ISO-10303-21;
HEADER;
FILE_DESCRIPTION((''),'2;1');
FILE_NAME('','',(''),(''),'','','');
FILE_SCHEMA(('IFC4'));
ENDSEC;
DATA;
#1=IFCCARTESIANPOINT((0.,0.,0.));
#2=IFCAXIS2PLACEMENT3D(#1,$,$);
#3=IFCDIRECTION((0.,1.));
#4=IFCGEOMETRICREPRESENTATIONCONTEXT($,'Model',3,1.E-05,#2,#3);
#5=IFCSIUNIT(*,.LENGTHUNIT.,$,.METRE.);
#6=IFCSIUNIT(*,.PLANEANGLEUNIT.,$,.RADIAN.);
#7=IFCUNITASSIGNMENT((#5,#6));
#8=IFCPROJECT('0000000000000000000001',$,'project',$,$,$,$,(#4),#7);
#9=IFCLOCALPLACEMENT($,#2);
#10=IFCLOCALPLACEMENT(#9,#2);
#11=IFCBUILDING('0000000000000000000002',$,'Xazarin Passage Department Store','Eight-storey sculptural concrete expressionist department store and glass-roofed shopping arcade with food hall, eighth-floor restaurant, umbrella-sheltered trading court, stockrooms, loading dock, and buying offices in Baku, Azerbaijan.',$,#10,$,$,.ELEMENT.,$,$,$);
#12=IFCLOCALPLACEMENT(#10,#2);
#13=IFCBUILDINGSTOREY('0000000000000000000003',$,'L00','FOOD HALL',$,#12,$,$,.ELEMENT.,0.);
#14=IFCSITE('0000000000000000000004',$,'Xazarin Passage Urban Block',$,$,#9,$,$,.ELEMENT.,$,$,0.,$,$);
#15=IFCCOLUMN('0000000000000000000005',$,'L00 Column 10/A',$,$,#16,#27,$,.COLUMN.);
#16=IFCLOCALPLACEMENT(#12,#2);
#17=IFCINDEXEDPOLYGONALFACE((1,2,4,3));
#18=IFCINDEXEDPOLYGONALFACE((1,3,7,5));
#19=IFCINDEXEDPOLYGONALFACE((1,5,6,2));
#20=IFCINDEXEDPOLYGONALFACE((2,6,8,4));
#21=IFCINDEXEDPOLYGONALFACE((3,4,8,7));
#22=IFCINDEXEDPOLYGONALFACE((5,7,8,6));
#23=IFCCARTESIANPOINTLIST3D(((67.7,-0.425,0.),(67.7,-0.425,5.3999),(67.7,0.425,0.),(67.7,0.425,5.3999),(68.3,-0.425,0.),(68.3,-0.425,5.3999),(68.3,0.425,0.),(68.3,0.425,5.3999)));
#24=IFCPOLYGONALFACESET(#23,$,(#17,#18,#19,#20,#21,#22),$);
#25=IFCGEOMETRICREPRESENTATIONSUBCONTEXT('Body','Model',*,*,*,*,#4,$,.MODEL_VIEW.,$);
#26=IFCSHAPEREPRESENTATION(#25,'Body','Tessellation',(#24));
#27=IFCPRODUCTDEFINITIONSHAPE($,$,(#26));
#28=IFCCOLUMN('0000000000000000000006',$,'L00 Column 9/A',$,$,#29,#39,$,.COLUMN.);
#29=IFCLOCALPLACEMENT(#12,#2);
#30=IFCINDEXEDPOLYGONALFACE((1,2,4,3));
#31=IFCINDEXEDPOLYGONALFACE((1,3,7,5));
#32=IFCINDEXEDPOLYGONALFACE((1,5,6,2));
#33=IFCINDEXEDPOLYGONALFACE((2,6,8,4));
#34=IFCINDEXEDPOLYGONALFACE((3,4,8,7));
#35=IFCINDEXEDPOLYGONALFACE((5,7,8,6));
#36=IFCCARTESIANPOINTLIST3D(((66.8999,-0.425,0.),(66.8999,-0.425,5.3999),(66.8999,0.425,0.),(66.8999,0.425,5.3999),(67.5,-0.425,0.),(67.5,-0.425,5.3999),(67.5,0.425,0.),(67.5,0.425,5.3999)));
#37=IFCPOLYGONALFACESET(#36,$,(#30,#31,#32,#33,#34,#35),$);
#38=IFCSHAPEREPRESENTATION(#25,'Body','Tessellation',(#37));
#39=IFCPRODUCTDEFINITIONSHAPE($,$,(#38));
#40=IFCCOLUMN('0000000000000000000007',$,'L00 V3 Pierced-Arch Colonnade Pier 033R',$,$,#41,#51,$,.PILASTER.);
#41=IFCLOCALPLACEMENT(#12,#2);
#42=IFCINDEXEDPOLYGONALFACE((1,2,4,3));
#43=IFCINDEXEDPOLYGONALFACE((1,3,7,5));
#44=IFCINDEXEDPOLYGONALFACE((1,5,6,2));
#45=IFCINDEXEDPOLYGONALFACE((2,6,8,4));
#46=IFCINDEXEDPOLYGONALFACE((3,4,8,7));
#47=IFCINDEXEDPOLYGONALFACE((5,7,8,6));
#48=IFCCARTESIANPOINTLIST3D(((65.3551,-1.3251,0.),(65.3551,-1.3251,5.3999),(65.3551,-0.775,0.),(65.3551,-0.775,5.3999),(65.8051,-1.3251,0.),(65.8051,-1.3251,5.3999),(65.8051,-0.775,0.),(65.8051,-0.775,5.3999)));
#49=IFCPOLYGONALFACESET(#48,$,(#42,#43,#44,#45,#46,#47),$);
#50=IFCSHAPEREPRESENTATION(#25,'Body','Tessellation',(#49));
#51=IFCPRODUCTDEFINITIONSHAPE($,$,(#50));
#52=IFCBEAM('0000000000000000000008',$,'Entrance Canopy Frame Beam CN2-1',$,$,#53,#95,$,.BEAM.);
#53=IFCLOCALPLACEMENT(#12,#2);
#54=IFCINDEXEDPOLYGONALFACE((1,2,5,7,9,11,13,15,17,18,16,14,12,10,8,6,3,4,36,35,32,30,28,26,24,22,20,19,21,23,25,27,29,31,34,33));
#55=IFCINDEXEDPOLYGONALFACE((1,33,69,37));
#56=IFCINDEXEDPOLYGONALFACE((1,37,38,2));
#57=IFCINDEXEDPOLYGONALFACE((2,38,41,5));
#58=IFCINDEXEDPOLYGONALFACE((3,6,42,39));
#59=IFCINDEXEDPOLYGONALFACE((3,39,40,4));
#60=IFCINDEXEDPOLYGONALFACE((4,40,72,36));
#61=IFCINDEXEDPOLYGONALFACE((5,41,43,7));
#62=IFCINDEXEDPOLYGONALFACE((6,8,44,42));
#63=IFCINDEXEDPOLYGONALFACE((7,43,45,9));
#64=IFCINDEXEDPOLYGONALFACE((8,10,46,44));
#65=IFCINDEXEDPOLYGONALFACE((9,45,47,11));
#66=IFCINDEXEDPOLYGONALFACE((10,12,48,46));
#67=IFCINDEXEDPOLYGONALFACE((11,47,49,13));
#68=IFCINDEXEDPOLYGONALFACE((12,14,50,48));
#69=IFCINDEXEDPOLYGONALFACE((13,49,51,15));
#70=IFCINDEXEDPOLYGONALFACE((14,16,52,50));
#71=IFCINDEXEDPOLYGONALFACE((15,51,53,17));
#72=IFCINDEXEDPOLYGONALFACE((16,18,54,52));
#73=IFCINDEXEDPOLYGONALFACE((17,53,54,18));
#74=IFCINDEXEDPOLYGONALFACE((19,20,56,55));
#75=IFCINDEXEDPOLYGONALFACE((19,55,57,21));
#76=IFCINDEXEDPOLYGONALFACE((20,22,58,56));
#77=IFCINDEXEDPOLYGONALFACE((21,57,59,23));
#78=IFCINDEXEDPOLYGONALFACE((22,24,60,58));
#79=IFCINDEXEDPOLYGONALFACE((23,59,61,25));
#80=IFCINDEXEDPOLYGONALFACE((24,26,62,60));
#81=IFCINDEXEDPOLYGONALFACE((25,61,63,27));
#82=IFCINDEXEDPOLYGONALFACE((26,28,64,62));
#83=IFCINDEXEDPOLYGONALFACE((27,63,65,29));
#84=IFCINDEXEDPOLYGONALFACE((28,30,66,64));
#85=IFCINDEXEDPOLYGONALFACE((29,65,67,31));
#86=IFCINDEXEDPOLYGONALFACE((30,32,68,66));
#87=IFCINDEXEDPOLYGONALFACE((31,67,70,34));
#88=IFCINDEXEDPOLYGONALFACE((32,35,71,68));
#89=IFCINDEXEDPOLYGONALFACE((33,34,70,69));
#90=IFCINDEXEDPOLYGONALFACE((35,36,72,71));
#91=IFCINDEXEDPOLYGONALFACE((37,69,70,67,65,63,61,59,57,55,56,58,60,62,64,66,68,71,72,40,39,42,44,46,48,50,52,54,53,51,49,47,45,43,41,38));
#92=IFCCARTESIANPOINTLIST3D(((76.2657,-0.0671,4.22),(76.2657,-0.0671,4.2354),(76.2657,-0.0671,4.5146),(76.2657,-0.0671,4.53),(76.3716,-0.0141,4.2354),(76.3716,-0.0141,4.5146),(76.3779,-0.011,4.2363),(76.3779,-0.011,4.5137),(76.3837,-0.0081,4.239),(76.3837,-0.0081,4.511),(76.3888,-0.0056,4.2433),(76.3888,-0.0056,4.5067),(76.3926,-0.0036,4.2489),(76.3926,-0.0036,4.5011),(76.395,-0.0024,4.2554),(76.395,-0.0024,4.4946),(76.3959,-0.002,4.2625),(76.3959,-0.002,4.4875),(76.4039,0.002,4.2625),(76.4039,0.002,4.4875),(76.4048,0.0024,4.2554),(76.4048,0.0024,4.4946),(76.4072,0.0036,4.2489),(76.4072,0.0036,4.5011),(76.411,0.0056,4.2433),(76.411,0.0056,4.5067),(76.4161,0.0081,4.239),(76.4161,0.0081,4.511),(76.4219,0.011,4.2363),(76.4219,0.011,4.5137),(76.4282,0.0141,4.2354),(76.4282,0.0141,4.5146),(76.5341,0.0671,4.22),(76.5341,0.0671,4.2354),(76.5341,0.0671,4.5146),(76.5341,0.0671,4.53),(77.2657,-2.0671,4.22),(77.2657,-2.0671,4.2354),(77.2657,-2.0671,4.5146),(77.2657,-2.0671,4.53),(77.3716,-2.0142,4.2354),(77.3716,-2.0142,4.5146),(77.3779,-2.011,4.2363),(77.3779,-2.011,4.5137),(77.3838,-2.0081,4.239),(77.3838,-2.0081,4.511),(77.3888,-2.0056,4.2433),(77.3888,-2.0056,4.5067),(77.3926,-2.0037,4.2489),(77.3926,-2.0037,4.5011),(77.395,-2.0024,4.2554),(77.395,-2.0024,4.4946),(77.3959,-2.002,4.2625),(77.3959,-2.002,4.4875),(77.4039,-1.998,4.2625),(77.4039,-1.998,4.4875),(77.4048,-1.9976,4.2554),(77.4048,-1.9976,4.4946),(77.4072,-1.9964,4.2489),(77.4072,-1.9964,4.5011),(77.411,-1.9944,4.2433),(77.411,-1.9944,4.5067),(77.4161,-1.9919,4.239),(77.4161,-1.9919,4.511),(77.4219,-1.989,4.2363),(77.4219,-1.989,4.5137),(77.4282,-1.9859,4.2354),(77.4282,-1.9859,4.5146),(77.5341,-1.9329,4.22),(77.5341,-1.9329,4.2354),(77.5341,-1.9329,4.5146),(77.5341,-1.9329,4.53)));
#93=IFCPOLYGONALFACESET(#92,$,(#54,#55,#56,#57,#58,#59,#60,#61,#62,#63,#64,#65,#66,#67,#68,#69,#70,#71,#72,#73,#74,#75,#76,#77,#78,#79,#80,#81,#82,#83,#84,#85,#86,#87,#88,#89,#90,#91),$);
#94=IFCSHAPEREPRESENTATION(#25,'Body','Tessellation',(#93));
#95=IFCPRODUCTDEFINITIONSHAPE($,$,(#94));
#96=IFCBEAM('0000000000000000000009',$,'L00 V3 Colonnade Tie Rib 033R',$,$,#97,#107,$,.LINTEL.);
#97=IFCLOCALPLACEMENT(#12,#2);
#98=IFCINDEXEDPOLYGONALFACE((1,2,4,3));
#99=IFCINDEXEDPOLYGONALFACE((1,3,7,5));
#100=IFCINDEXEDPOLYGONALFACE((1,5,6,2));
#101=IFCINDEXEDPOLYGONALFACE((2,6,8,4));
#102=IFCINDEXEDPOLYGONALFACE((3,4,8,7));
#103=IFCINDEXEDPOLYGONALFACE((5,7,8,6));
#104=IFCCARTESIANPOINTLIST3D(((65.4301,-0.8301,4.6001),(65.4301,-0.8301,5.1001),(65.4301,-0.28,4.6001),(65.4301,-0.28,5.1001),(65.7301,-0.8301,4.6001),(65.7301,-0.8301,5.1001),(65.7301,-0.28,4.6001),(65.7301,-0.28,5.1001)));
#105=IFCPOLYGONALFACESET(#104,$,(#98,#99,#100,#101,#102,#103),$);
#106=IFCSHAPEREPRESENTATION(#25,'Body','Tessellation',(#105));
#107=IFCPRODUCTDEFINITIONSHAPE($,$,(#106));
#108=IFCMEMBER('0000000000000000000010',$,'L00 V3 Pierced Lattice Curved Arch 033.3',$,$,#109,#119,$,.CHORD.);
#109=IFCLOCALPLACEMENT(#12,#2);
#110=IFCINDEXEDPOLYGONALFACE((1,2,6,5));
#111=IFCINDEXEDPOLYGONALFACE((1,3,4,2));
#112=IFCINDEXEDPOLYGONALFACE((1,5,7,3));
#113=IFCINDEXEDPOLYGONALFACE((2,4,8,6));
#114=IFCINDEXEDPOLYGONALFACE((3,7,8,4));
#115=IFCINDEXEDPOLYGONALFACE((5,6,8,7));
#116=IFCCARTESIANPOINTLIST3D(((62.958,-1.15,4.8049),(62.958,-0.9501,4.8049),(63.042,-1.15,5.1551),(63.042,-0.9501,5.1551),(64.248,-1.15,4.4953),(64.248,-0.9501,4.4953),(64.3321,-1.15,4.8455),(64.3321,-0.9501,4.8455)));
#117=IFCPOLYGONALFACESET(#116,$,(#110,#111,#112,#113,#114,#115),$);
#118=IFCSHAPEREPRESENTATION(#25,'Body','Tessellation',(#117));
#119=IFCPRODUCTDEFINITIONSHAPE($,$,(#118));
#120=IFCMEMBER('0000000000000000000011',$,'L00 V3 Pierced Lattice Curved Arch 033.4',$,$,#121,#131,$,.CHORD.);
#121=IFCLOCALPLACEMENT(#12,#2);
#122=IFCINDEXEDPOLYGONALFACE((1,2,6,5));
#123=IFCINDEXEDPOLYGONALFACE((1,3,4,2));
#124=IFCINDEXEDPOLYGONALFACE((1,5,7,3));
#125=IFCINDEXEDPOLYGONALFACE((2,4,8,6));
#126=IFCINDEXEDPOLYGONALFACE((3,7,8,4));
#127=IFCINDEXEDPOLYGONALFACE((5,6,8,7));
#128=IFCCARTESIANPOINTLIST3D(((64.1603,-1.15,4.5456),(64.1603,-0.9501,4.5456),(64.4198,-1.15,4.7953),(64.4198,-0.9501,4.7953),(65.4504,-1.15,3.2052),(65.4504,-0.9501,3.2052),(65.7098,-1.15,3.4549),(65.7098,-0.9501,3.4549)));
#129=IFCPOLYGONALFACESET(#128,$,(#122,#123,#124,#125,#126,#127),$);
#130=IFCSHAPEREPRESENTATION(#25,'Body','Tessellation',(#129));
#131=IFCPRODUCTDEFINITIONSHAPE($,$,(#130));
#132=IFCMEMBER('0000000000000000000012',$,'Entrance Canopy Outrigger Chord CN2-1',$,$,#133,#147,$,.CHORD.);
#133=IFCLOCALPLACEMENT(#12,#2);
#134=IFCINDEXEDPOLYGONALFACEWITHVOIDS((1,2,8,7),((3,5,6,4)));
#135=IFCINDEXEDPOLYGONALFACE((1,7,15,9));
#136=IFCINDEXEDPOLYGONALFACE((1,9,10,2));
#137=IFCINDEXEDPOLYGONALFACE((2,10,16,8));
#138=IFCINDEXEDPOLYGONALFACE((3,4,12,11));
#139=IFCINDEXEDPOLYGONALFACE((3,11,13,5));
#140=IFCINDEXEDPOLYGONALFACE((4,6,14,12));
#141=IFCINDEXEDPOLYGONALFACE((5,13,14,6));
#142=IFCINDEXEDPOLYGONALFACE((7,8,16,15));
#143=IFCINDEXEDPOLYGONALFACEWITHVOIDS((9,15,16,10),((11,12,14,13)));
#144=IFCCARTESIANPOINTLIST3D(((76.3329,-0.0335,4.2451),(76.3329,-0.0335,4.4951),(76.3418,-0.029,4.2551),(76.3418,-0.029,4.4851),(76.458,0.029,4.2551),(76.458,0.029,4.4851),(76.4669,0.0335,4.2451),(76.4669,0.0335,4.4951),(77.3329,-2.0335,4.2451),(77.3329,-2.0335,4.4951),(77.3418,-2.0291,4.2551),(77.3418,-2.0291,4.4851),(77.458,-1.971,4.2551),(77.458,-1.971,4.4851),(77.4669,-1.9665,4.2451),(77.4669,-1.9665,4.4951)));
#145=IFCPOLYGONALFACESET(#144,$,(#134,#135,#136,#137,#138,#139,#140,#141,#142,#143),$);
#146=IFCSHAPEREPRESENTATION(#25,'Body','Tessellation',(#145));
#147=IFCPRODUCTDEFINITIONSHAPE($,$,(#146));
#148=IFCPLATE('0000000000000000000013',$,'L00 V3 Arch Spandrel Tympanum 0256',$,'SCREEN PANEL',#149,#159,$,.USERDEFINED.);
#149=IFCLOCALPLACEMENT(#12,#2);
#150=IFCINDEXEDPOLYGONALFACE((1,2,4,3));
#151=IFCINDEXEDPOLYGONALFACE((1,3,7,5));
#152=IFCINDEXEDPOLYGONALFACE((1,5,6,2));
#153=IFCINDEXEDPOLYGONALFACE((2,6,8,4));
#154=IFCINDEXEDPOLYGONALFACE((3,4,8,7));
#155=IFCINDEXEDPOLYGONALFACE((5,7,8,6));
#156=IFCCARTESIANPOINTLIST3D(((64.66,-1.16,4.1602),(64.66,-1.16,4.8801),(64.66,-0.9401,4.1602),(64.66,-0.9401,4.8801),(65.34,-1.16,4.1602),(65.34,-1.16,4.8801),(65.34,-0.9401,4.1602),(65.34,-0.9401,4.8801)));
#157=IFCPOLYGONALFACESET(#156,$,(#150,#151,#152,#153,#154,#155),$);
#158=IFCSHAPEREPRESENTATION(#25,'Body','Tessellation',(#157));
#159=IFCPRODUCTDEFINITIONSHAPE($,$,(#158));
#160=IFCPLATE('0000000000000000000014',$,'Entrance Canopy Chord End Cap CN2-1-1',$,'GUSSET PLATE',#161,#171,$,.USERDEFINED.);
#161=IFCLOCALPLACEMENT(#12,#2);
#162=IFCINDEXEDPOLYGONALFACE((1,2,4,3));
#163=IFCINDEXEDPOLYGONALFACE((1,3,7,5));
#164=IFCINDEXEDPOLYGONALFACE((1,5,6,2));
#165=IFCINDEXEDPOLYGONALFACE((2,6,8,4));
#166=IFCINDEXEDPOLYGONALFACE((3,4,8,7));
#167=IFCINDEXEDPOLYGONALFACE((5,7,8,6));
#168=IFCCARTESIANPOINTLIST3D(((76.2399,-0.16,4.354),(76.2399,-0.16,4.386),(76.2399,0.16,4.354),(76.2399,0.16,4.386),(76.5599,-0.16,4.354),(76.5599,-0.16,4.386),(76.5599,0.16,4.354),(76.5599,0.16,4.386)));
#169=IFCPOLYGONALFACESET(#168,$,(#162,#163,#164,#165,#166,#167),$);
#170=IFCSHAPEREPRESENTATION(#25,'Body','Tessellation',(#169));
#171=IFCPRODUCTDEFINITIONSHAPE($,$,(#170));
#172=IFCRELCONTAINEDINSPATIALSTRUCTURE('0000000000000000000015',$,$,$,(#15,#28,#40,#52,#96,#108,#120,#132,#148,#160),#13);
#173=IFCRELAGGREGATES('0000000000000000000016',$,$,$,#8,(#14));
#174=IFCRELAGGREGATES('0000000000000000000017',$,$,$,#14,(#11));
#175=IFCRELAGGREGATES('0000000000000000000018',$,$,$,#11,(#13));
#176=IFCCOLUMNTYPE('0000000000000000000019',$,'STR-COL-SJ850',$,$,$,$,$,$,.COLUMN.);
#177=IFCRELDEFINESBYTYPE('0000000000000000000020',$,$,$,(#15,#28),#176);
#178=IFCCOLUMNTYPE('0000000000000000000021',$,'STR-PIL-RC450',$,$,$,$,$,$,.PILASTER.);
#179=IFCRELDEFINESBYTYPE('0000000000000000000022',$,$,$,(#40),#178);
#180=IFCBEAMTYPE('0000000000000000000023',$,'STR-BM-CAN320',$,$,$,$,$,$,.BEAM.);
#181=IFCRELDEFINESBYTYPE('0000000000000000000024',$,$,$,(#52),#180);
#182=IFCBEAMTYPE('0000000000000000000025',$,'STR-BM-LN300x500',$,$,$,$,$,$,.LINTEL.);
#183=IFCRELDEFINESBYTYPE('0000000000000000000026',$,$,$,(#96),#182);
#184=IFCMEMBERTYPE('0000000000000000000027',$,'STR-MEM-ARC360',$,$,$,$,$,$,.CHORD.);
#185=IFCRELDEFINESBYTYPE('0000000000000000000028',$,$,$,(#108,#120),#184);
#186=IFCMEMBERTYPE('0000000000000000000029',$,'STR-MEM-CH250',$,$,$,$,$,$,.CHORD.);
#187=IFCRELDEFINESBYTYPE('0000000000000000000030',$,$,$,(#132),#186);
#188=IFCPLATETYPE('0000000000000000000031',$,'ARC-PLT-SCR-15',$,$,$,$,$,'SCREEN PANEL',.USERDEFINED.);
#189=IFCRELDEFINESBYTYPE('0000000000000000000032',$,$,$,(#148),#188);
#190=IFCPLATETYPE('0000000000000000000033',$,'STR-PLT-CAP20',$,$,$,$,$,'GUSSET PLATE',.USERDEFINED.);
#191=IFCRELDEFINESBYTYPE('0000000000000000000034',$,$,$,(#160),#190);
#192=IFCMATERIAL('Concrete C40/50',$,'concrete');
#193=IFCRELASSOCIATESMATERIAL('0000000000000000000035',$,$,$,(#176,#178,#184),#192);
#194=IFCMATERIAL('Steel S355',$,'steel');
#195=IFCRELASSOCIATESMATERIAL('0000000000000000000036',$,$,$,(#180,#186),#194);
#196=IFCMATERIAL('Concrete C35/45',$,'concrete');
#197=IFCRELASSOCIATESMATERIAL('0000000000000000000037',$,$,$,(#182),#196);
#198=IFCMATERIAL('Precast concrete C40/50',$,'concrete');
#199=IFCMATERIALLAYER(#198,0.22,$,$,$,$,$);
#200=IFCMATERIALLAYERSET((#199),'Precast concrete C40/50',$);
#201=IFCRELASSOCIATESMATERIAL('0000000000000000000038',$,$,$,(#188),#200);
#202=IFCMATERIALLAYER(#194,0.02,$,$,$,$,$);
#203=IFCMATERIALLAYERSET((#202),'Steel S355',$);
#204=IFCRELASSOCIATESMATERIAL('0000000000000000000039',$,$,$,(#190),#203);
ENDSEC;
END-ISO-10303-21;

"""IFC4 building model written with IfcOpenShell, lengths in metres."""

from ifc_helpers import new_model, si_unit, direction, frame, origin, origin_2d, place, context, subcontext, project, spatial, rectangle, hollow_rectangle, i_section, extrude, material, layer, layer_set, material_profile, profile_set, type_object, element, save


model = new_model("IFC4")

# Units and contexts
model_context = context("Model", 3, precision=1e-05, world=origin(), true_north=direction((0.0, 1.0)))
body_context = subcontext(model_context, "Body", "Model", "MODEL_VIEW")
ifc_project = project(units=[si_unit("LENGTHUNIT", "METRE"), si_unit("PLANEANGLEUNIT", "RADIAN")], contexts=[model_context])

# Site, building, storey
site_placement = place(None, origin())
site = spatial("IfcSite", under=ifc_project, at=site_placement, Name="Xazarin Passage Urban Block", CompositionType="ELEMENT", RefElevation=0.0)
building_placement = place(site_placement, origin())
building = spatial("IfcBuilding", under=site, at=building_placement, Name="Xazarin Passage Department Store", Description="Eight-storey sculptural concrete expressionist department store and glass-roofed shopping arcade with food hall, eighth-floor restaurant, umbrella-sheltered trading court, stockrooms, loading dock, and buying offices in Baku, Azerbaijan.", CompositionType="ELEMENT")
storey_placement = place(building_placement, origin())
storey = spatial("IfcBuildingStorey", under=building, at=storey_placement, Name="L00", Description="FOOD HALL", CompositionType="ELEMENT", Elevation=0.0)

# Shared definitions
ifc_material_1 = material(Name="Concrete C35/45", Category="concrete")

# Columns
ifc_material_2 = material(Name="Concrete C40/50", Category="concrete")
ifc_material_profile_1 = material_profile(ifc_material_2, rectangle(XDim=0.6001, YDim=0.8501, at=origin_2d()), Name="RC 600x850")
ifc_profile_set_1 = profile_set([ifc_material_profile_1], Name="Concrete C40/50")
column_type_1 = type_object("IfcColumnType", Name="STR-COL-SJ850", PredefinedType="COLUMN", material=ifc_profile_set_1)
for number, where, z_axis, x_axis, name in (
    (1, (68.0, 0.0, 0.0), (0.0, 0.0, 1.0), (1.0, 0.0, 0.0), "L00 Column 10/A"),
    (2, (67.2, 0.0, 0.0), (0.0, 0.0, 1.0), (1.0, 0.0, 0.0), "L00 Column 9/A"),
):
    element("IfcColumn", number, at=place(storey_placement, frame(where, z_axis=z_axis, x_axis=x_axis)), inside=storey, type_object=column_type_1, Name=name, PredefinedType="COLUMN", context=body_context, shape_type="SweptSolid", body=[
        extrude(rectangle(XDim=0.6001, YDim=0.8501, at=origin_2d()), origin(), (0.0, 0.0, 1.0), 5.3999),
    ])
ifc_material_profile_2 = material_profile(ifc_material_2, rectangle(XDim=0.45, YDim=0.55, at=origin_2d()), Name="RC 450x550")
ifc_profile_set_2 = profile_set([ifc_material_profile_2], Name="Concrete C40/50")
column_type_2 = type_object("IfcColumnType", Name="STR-PIL-RC450", PredefinedType="PILASTER", material=ifc_profile_set_2)
column_1_placement = place(storey_placement, frame((65.5801, -1.05, 0.0), z_axis=(0.0, 0.0, 1.0), x_axis=(1.0, 0.0, 0.0)))
element("IfcColumn", 3, at=column_1_placement, inside=storey, type_object=column_type_2, Name="L00 V3 Pierced-Arch Colonnade Pier 033R", PredefinedType="PILASTER", context=body_context, shape_type="SweptSolid", body=[
    extrude(rectangle(XDim=0.45, YDim=0.55, at=origin_2d()), origin(), (0.0, 0.0, 1.0), 5.3999),
])

# Beams
ifc_material_3 = material(Name="Steel S355", Category="steel")
ifc_material_profile_3 = material_profile(ifc_material_3, i_section(OverallWidth=0.3, OverallDepth=0.3101, WebThickness=0.009, FlangeThickness=0.0154, FilletRadius=0.0271, at=origin_2d()), Name="HEA 320")
ifc_profile_set_3 = profile_set([ifc_material_profile_3], Name="Steel S355")
beam_type_1 = type_object("IfcBeamType", Name="STR-BM-CAN320", PredefinedType="BEAM", material=ifc_profile_set_3)
beam_1_placement = place(storey_placement, frame((76.3999, 0.0, 4.375), z_axis=(0.447214, -0.894427, 0.0), x_axis=(0.894427, 0.447214, 0.0)))
element("IfcBeam", 4, at=beam_1_placement, inside=storey, type_object=beam_type_1, Name="Entrance Canopy Frame Beam CN2-1", PredefinedType="BEAM", context=body_context, shape_type="SweptSolid", body=[
    extrude(i_section(OverallWidth=0.3, OverallDepth=0.3101, WebThickness=0.009, FlangeThickness=0.0154, FilletRadius=0.0271, at=origin_2d()), origin(), (0.0, 0.0, 1.0), 2.2361),
])
ifc_material_profile_4 = material_profile(ifc_material_1, rectangle(XDim=0.3, YDim=0.5, at=origin_2d()), Name="RC 300x500")
ifc_profile_set_4 = profile_set([ifc_material_profile_4], Name="Concrete C35/45")
beam_type_2 = type_object("IfcBeamType", Name="STR-BM-LN300x500", PredefinedType="LINTEL", material=ifc_profile_set_4)
beam_2_placement = place(storey_placement, frame((65.5801, -0.28, 4.8501), z_axis=(0.0, -1.0, 0.0), x_axis=(1.0, 0.0, 0.0)))
element("IfcBeam", 5, at=beam_2_placement, inside=storey, type_object=beam_type_2, Name="L00 V3 Colonnade Tie Rib 033R", PredefinedType="LINTEL", context=body_context, shape_type="SweptSolid", body=[
    extrude(rectangle(XDim=0.3, YDim=0.5, at=origin_2d()), origin(), (0.0, 0.0, 1.0), 0.55),
])

# Members
ifc_material_profile_5 = material_profile(ifc_material_2, rectangle(XDim=0.2, YDim=0.3601, at=origin_2d()), Name="RC 200x360")
ifc_profile_set_5 = profile_set([ifc_material_profile_5], Name="Concrete C40/50")
member_type_1 = type_object("IfcMemberType", Name="STR-MEM-ARC360", PredefinedType="CHORD", material=ifc_profile_set_5)
member_1_placement = place(storey_placement, frame((63.0, -1.05, 4.98), z_axis=(0.972394, 0.0, -0.233345), x_axis=(0.0, 1.0, 0.0)))
element("IfcMember", 6, at=member_1_placement, inside=storey, type_object=member_type_1, Name="L00 V3 Pierced Lattice Curved Arch 033.3", PredefinedType="CHORD", context=body_context, shape_type="SweptSolid", body=[
    extrude(rectangle(XDim=0.2, YDim=0.3601, at=origin_2d()), origin(), (0.0, 0.0, 1.0), 1.3267),
])
member_2_placement = place(storey_placement, frame((64.29, -1.05, 4.6704), z_axis=(0.69346, 0.0, -0.720495), x_axis=(0.0, 1.0, 0.0)))
element("IfcMember", 7, at=member_2_placement, inside=storey, type_object=member_type_1, Name="L00 V3 Pierced Lattice Curved Arch 033.4", PredefinedType="CHORD", context=body_context, shape_type="SweptSolid", body=[
    extrude(rectangle(XDim=0.2, YDim=0.3601, at=origin_2d()), origin(), (0.0, 0.0, 1.0), 1.8604),
])
ifc_material_profile_6 = material_profile(ifc_material_3, hollow_rectangle(XDim=0.1499, YDim=0.25, WallThickness=0.01, at=origin_2d()), Name="RHS 250x150x10")
ifc_profile_set_6 = profile_set([ifc_material_profile_6], Name="Steel S355")
member_type_2 = type_object("IfcMemberType", Name="STR-MEM-CH250", PredefinedType="CHORD", material=ifc_profile_set_6)
member_3_placement = place(storey_placement, frame((76.3999, 0.0, 4.3701), z_axis=(0.447214, -0.894427, 0.0), x_axis=(0.894427, 0.447214, 0.0)))
element("IfcMember", 8, at=member_3_placement, inside=storey, type_object=member_type_2, Name="Entrance Canopy Outrigger Chord CN2-1", PredefinedType="CHORD", context=body_context, shape_type="SweptSolid", body=[
    extrude(hollow_rectangle(XDim=0.1499, YDim=0.25, WallThickness=0.01, at=origin_2d()), origin(), (0.0, 0.0, 1.0), 2.2361),
])

# Plates
ifc_material_4 = material(Name="Precast concrete C40/50", Category="concrete")
ifc_layer_1 = layer(ifc_material_4, 0.22)
ifc_layer_set_1 = layer_set([ifc_layer_1], Name="Precast concrete C40/50")
plate_type_1 = type_object("IfcPlateType", Name="ARC-PLT-SCR-15", ElementType="SCREEN PANEL", PredefinedType="USERDEFINED", material=ifc_layer_set_1)
plate_1_placement = place(storey_placement, frame((65.0, -1.05, 4.1602), z_axis=(0.0, 0.0, 1.0), x_axis=(1.0, 0.0, 0.0)))
element("IfcPlate", 9, at=plate_1_placement, inside=storey, type_object=plate_type_1, Name="L00 V3 Arch Spandrel Tympanum 0256", ObjectType="SCREEN PANEL", PredefinedType="USERDEFINED", context=body_context, shape_type="SweptSolid", body=[
    extrude(rectangle(XDim=0.6799, YDim=0.22, at=origin_2d()), origin(), (0.0, 0.0, 1.0), 0.72),
])
ifc_layer_2 = layer(ifc_material_3, 0.02)
ifc_layer_set_2 = layer_set([ifc_layer_2], Name="Steel S355")
plate_type_2 = type_object("IfcPlateType", Name="STR-PLT-CAP20", ElementType="GUSSET PLATE", PredefinedType="USERDEFINED", material=ifc_layer_set_2)
plate_2_placement = place(storey_placement, frame((76.3999, 0.0, 4.354), z_axis=(0.0, 0.0, 1.0), x_axis=(1.0, 0.0, 0.0)))
element("IfcPlate", 10, at=plate_2_placement, inside=storey, type_object=plate_type_2, Name="Entrance Canopy Chord End Cap CN2-1-1", ObjectType="GUSSET PLATE", PredefinedType="USERDEFINED", context=body_context, shape_type="SweptSolid", body=[
    extrude(rectangle(XDim=0.3201, YDim=0.3201, at=origin_2d()), origin(), (0.0, 0.0, 1.0), 0.032),
])

save(model, "model.ifc")
